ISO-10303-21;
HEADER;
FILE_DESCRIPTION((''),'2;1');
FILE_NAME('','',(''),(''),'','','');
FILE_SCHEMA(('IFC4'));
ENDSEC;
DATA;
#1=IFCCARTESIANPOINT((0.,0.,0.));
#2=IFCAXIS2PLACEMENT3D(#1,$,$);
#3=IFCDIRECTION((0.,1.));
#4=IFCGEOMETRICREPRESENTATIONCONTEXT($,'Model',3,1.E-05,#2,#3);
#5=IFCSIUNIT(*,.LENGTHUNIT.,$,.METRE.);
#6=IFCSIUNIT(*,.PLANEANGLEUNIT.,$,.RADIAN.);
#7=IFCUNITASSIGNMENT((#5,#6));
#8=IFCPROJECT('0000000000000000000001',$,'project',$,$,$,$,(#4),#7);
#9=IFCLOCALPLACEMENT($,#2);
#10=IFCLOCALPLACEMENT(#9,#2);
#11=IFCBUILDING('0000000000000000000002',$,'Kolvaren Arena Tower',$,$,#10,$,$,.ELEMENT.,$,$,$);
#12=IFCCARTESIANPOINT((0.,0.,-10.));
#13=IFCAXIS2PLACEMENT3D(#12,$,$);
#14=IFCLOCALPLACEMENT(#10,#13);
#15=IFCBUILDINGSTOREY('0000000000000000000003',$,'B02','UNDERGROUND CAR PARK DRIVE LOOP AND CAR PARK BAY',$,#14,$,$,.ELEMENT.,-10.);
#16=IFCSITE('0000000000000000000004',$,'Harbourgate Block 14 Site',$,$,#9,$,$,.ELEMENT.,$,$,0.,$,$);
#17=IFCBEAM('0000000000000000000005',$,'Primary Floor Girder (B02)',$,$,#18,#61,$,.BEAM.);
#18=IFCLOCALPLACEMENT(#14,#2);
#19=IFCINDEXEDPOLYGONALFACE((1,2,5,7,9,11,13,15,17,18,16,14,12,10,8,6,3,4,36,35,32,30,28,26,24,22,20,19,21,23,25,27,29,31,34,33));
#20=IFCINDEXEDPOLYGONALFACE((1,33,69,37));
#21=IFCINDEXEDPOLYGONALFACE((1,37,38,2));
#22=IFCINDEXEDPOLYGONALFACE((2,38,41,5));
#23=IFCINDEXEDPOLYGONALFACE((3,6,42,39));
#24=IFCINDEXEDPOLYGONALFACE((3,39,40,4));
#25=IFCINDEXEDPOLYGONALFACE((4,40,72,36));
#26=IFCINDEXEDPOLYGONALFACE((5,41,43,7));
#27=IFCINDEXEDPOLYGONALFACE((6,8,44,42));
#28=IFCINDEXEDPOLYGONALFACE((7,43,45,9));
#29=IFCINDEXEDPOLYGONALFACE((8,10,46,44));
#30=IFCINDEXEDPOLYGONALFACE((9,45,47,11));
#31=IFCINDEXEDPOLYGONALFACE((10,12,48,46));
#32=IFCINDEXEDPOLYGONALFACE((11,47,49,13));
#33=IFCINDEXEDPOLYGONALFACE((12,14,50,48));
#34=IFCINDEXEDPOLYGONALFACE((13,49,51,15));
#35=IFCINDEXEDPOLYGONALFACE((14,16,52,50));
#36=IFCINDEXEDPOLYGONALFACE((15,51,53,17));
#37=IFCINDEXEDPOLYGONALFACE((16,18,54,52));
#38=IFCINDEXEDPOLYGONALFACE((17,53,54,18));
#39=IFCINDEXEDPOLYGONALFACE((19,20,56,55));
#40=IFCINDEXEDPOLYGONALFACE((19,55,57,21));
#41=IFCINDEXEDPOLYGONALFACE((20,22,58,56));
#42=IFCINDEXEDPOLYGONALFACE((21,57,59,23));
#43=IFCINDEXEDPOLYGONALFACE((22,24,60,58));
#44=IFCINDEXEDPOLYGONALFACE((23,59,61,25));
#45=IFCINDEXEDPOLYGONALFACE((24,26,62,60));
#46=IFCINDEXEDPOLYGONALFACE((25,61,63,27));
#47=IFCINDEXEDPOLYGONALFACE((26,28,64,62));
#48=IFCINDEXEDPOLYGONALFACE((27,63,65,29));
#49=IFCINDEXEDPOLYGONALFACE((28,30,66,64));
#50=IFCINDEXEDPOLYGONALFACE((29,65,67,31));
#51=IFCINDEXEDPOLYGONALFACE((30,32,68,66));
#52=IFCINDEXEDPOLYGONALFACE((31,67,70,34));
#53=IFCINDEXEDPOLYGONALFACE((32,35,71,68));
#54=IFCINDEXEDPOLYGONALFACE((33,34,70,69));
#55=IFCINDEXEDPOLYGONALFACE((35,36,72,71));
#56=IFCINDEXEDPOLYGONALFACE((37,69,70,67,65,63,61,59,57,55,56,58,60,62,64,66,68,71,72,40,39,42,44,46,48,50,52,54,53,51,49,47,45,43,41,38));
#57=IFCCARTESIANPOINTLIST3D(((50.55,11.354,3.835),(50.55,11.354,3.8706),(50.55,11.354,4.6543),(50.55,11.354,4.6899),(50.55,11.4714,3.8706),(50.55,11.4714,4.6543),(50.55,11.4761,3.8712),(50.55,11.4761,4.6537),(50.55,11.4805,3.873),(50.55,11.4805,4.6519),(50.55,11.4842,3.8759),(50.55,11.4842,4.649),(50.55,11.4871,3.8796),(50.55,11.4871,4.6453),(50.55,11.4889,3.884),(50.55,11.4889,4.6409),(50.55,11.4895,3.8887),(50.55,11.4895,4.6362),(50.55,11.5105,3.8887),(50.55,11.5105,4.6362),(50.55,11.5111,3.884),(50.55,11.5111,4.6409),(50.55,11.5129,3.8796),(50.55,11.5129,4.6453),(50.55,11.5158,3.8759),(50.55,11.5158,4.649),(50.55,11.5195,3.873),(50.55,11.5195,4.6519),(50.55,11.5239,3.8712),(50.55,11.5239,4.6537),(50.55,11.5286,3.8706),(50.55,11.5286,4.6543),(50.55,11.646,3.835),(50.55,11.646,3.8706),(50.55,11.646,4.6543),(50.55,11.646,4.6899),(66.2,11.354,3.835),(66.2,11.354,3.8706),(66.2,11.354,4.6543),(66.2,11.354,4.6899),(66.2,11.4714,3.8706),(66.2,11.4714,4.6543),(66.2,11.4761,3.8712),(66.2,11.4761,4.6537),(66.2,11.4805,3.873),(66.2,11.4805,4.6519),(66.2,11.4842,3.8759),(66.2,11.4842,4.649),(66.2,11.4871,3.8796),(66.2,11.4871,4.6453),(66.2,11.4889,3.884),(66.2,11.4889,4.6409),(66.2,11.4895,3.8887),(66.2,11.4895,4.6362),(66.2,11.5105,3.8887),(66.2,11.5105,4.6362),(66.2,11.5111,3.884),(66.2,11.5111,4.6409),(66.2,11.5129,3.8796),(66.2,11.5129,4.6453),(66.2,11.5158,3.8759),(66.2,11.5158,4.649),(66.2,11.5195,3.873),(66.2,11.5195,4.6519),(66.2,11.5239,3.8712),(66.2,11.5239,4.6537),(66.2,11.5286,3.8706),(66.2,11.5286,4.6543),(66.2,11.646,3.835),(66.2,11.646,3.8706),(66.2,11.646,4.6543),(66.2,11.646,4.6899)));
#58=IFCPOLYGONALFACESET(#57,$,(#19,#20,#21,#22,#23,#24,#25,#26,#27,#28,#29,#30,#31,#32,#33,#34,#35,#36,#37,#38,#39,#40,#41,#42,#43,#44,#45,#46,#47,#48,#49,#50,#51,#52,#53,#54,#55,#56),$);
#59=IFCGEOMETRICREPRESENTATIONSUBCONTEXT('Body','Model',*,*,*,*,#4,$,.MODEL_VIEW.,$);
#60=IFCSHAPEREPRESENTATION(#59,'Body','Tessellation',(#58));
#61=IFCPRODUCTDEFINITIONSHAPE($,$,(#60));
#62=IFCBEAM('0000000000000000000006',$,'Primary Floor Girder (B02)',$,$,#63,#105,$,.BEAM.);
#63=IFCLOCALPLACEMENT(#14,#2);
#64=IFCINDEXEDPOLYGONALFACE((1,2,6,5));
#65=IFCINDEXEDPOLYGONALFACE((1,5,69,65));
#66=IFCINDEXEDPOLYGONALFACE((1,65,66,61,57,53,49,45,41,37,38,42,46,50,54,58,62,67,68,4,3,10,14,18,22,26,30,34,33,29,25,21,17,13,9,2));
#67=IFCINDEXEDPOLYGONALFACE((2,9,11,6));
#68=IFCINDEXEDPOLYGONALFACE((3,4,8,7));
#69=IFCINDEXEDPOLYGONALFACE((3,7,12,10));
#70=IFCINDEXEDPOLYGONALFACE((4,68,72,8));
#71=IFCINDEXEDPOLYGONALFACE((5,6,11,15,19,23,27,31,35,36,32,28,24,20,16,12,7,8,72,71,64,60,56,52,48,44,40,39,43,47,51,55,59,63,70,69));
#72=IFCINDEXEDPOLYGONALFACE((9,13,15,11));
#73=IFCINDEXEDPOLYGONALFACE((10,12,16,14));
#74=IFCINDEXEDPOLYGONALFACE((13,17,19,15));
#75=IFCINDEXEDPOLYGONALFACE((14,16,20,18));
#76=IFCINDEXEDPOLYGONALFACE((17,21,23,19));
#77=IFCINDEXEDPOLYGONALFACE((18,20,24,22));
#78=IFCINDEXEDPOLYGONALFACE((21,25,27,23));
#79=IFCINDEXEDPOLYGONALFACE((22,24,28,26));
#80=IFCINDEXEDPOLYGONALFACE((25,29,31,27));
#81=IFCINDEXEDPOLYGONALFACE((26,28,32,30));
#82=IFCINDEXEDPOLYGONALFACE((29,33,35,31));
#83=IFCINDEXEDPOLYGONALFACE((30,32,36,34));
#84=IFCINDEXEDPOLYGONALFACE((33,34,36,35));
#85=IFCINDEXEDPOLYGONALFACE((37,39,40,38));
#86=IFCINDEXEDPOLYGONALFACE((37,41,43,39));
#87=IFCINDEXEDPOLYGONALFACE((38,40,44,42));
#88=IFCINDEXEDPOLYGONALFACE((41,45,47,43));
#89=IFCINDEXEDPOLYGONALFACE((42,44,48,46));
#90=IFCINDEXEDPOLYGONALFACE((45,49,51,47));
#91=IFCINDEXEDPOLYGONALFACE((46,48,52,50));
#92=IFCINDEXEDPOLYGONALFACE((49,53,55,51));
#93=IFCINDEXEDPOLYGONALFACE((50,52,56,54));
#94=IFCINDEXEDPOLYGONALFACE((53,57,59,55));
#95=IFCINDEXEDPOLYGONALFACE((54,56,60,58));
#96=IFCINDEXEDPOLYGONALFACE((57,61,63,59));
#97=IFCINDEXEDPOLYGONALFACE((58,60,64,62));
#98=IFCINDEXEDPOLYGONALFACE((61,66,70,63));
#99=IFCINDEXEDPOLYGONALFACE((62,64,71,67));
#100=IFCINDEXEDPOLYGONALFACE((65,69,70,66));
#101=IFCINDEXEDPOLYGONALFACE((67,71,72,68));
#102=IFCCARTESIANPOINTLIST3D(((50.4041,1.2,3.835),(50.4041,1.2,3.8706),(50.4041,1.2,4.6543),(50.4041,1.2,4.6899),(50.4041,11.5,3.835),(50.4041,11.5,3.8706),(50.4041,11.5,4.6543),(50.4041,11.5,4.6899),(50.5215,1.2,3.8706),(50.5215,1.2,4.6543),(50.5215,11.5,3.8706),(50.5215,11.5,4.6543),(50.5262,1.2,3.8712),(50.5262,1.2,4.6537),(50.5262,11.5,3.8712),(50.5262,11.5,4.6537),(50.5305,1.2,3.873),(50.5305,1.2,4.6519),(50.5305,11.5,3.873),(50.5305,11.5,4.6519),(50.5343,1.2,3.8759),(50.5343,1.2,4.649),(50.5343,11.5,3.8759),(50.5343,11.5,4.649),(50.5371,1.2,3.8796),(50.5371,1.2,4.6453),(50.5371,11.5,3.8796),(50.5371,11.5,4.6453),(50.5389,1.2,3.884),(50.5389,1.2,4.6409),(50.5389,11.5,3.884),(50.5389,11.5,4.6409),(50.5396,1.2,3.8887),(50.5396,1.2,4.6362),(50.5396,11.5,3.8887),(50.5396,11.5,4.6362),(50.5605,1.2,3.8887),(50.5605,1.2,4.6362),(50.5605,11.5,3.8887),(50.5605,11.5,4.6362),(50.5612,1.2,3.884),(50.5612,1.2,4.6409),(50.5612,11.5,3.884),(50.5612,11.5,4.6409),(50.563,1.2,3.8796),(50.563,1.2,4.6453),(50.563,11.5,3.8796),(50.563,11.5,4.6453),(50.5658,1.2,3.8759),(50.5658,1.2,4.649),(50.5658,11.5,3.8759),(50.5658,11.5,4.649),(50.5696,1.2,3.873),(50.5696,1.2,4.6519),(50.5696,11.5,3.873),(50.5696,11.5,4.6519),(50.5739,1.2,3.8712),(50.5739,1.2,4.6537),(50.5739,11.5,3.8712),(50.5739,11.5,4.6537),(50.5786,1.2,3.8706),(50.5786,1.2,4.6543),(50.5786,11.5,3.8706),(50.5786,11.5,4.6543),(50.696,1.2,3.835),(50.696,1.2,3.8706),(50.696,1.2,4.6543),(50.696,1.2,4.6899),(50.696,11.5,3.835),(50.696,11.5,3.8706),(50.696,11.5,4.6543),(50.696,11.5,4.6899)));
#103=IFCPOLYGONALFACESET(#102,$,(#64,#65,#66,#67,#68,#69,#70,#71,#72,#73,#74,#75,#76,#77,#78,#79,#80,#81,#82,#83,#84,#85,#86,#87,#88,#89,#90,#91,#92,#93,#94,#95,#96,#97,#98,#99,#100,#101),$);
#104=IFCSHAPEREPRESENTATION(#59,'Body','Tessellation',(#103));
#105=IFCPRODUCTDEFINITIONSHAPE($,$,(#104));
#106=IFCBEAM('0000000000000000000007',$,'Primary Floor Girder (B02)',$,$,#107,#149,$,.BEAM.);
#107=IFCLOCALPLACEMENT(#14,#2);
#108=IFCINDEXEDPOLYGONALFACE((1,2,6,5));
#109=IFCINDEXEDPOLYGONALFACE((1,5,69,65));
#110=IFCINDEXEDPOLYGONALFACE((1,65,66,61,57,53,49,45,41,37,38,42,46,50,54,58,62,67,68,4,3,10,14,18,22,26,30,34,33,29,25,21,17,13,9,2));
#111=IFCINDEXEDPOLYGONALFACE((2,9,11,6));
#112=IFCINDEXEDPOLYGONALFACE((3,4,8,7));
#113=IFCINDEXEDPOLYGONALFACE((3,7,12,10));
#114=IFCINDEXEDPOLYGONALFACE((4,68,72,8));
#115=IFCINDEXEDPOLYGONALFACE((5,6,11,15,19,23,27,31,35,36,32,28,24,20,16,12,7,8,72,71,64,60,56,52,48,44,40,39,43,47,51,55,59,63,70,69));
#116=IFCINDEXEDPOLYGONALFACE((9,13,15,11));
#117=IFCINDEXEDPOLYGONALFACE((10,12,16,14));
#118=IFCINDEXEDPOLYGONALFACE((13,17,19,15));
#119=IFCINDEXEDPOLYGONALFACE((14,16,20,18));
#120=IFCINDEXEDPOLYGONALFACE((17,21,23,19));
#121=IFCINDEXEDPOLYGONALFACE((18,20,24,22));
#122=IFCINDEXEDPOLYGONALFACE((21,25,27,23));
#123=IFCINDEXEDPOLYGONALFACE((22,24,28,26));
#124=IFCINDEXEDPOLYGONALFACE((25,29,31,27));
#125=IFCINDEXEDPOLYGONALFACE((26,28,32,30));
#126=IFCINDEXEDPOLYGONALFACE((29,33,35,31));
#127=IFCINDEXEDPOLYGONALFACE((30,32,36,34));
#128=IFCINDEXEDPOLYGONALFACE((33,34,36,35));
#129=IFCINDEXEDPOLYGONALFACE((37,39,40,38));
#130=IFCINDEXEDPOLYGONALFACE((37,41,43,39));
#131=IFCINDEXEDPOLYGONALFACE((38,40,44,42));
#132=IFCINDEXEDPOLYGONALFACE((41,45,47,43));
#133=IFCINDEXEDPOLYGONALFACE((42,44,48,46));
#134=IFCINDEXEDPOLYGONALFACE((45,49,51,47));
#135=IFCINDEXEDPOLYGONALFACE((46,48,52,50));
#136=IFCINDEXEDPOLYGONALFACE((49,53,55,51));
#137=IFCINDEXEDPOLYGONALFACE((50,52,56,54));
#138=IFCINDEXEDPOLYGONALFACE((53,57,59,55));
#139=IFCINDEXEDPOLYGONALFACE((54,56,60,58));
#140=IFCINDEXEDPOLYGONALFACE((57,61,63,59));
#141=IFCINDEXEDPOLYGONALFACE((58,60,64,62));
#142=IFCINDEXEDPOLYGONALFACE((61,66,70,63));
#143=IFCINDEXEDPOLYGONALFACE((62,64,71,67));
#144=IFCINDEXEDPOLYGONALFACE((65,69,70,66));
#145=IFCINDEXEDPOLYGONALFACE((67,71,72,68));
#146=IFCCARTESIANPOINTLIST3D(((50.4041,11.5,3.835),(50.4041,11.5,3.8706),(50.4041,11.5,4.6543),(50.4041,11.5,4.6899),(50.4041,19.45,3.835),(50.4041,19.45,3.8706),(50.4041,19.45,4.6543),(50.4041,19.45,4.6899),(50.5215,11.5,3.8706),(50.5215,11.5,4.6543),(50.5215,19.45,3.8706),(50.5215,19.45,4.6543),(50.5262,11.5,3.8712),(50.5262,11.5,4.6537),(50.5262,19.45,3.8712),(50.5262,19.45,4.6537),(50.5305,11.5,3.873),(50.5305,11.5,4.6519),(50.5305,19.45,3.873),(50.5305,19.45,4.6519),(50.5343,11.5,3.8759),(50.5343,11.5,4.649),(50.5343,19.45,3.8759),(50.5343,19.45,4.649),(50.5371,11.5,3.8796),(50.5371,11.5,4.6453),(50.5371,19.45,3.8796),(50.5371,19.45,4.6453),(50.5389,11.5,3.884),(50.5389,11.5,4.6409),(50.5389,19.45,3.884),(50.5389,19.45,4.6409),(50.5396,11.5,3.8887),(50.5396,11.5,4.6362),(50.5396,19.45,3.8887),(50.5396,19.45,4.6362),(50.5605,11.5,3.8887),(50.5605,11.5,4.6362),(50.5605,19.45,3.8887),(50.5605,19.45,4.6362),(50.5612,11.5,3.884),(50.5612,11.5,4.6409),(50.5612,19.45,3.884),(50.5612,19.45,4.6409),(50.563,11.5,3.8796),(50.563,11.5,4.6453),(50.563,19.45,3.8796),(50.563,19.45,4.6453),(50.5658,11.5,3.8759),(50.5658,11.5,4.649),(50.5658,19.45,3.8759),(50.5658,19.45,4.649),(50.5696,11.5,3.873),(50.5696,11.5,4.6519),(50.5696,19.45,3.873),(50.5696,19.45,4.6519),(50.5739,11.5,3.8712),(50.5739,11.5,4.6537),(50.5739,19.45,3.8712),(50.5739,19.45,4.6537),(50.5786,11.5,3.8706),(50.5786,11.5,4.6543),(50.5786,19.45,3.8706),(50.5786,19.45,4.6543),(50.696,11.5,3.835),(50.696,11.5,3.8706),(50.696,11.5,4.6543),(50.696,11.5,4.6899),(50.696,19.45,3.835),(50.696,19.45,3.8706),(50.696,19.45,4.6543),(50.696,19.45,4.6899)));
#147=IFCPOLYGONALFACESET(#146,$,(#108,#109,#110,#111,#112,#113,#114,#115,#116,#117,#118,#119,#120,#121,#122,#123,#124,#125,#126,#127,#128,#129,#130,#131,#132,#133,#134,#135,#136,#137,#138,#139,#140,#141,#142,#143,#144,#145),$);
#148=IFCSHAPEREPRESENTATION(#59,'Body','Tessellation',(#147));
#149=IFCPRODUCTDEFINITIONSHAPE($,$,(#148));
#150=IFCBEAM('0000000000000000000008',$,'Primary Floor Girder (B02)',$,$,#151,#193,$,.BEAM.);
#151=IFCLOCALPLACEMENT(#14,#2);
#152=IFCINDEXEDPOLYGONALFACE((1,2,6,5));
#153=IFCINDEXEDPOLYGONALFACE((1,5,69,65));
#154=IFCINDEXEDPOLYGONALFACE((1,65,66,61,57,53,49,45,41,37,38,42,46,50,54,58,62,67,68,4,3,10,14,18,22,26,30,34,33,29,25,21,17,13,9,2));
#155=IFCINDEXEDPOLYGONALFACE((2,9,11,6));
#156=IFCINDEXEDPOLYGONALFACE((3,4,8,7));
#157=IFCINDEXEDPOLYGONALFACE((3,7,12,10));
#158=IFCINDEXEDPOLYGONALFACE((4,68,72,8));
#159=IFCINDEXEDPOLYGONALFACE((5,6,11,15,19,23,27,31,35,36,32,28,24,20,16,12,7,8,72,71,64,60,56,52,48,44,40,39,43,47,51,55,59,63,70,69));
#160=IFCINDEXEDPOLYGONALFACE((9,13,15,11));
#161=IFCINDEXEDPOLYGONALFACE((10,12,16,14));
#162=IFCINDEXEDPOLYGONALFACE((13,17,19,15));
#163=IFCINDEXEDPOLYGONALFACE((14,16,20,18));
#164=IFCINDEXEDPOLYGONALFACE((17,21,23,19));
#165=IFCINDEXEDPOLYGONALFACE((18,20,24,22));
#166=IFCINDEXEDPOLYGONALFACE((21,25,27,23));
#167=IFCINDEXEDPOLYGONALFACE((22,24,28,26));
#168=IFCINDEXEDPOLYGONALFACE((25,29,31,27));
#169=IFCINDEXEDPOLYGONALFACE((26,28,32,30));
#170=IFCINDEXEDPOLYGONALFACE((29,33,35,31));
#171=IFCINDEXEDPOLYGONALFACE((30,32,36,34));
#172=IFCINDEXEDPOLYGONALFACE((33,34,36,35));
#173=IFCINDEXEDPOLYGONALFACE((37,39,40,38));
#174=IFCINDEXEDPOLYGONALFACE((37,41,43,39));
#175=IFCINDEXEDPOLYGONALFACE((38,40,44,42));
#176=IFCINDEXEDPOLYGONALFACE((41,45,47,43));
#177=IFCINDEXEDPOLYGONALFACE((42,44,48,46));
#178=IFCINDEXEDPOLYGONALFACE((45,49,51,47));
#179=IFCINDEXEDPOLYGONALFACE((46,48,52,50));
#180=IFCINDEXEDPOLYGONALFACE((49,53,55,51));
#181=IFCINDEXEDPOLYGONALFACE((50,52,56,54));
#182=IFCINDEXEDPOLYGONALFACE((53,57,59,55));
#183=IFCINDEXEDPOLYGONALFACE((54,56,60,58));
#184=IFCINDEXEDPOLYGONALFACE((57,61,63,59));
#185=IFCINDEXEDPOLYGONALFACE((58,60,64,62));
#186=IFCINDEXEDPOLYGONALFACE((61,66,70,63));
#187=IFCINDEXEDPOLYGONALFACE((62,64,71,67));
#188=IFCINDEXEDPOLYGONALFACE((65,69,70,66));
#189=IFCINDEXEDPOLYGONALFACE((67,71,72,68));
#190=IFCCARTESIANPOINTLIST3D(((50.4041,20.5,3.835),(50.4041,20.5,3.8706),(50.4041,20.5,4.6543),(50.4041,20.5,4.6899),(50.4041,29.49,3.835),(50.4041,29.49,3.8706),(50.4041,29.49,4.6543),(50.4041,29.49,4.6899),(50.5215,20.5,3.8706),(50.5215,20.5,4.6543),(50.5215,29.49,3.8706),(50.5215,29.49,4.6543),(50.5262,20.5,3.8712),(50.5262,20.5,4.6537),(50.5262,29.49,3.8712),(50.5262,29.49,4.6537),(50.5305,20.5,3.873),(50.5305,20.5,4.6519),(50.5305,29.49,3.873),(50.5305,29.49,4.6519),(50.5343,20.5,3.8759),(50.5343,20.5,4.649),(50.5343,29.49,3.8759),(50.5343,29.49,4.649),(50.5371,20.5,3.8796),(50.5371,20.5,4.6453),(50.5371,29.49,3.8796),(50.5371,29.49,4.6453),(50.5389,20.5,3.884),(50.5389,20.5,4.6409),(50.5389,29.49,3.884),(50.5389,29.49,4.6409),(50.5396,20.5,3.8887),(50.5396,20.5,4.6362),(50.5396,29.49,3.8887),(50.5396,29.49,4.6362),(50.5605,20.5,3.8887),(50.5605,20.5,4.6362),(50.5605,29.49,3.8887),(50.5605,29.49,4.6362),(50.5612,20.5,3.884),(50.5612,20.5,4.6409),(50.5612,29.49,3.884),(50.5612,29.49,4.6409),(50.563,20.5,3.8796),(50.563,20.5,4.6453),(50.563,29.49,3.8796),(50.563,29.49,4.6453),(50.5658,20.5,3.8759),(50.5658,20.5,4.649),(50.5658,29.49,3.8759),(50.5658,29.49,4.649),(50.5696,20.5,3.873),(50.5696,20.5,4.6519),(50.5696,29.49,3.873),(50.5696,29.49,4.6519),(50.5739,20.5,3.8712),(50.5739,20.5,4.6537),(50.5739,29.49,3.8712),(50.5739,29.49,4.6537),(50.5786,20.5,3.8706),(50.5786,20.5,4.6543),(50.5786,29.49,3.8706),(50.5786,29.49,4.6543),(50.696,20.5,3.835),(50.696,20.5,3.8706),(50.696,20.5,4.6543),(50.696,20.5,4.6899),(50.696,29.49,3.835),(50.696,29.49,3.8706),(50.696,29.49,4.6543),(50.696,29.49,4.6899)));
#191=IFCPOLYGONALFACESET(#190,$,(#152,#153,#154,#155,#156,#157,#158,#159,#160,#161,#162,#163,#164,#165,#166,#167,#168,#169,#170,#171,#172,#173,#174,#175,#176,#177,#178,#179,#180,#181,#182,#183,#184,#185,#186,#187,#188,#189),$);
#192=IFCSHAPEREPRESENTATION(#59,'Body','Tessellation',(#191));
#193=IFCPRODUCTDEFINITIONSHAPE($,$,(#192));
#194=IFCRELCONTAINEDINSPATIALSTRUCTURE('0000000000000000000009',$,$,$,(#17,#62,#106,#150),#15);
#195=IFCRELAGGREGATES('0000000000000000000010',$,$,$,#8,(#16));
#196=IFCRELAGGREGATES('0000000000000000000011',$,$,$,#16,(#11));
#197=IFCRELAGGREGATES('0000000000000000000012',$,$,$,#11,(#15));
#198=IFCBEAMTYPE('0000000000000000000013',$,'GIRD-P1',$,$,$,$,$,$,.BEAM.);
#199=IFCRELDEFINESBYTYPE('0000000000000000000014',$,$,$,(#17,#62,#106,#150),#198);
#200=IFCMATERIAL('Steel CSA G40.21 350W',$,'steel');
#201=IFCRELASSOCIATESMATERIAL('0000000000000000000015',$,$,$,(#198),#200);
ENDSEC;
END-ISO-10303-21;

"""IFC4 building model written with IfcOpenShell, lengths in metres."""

from ifc_helpers import new_model, si_unit, direction, frame, origin, origin_2d, place, context, subcontext, project, spatial, i_section, extrude, material, material_profile, profile_set, type_object, element, save


model = new_model("IFC4")

# Units and contexts
model_context = context("Model", 3, precision=1e-05, world=origin(), true_north=direction((0.0, 1.0)))
body_context = subcontext(model_context, "Body", "Model", "MODEL_VIEW")
ifc_project = project(units=[si_unit("LENGTHUNIT", "METRE"), si_unit("PLANEANGLEUNIT", "RADIAN")], contexts=[model_context])

# Site, building, storey
site_placement = place(None, origin())
site = spatial("IfcSite", under=ifc_project, at=site_placement, Name="Harbourgate Block 14 Site", CompositionType="ELEMENT", RefElevation=0.0)
building_placement = place(site_placement, origin())
building = spatial("IfcBuilding", under=site, at=building_placement, Name="Kolvaren Arena Tower", CompositionType="ELEMENT")
storey_placement = place(building_placement, frame((0.0, 0.0, -10.0)))
storey = spatial("IfcBuildingStorey", under=building, at=storey_placement, Name="B02", Description="UNDERGROUND CAR PARK DRIVE LOOP AND CAR PARK BAY", CompositionType="ELEMENT", Elevation=-10.0)

# Beams
ifc_material_1 = material(Name="Steel CSA G40.21 350W", Category="steel")
ifc_material_profile_1 = material_profile(ifc_material_1, i_section(OverallWidth=0.292, OverallDepth=0.855, WebThickness=0.021, FlangeThickness=0.0356, FilletRadius=0.0181, at=origin_2d()), Name="W840x299")
ifc_profile_set_1 = profile_set([ifc_material_profile_1], Name="Steel CSA G40.21 350W")
beam_type_1 = type_object("IfcBeamType", Name="GIRD-P1", PredefinedType="BEAM", material=ifc_profile_set_1)
beam_1_placement = place(storey_placement, frame((50.55, 11.5, 4.2625), z_axis=(1.0, 0.0, 0.0), x_axis=(0.0, 1.0, 0.0)))
element("IfcBeam", 1, at=beam_1_placement, inside=storey, type_object=beam_type_1, Name="Primary Floor Girder (B02)", PredefinedType="BEAM", context=body_context, shape_type="SweptSolid", body=[
    extrude(i_section(OverallWidth=0.292, OverallDepth=0.855, WebThickness=0.021, FlangeThickness=0.0356, FilletRadius=0.0181, at=origin_2d()), origin(), (0.0, 0.0, 1.0), 15.6499),
])
beam_2_placement = place(storey_placement, frame((50.55, 1.2, 4.2625), z_axis=(0.0, 1.0, 0.0), x_axis=(-1.0, 0.0, 0.0)))
element("IfcBeam", 2, at=beam_2_placement, inside=storey, type_object=beam_type_1, Name="Primary Floor Girder (B02)", PredefinedType="BEAM", context=body_context, shape_type="SweptSolid", body=[
    extrude(i_section(OverallWidth=0.292, OverallDepth=0.855, WebThickness=0.021, FlangeThickness=0.0356, FilletRadius=0.0181, at=origin_2d()), origin(), (0.0, 0.0, 1.0), 10.3),
])
beam_3_placement = place(storey_placement, frame((50.55, 11.5, 4.2625), z_axis=(0.0, 1.0, 0.0), x_axis=(-1.0, 0.0, 0.0)))
element("IfcBeam", 3, at=beam_3_placement, inside=storey, type_object=beam_type_1, Name="Primary Floor Girder (B02)", PredefinedType="BEAM", context=body_context, shape_type="SweptSolid", body=[
    extrude(i_section(OverallWidth=0.292, OverallDepth=0.855, WebThickness=0.021, FlangeThickness=0.0356, FilletRadius=0.0181, at=origin_2d()), origin(), (0.0, 0.0, 1.0), 7.95),
])
beam_4_placement = place(storey_placement, frame((50.55, 20.5, 4.2625), z_axis=(0.0, 1.0, 0.0), x_axis=(-1.0, 0.0, 0.0)))
element("IfcBeam", 4, at=beam_4_placement, inside=storey, type_object=beam_type_1, Name="Primary Floor Girder (B02)", PredefinedType="BEAM", context=body_context, shape_type="SweptSolid", body=[
    extrude(i_section(OverallWidth=0.292, OverallDepth=0.855, WebThickness=0.021, FlangeThickness=0.0356, FilletRadius=0.0181, at=origin_2d()), origin(), (0.0, 0.0, 1.0), 8.99),
])

save(model, "model.ifc")
